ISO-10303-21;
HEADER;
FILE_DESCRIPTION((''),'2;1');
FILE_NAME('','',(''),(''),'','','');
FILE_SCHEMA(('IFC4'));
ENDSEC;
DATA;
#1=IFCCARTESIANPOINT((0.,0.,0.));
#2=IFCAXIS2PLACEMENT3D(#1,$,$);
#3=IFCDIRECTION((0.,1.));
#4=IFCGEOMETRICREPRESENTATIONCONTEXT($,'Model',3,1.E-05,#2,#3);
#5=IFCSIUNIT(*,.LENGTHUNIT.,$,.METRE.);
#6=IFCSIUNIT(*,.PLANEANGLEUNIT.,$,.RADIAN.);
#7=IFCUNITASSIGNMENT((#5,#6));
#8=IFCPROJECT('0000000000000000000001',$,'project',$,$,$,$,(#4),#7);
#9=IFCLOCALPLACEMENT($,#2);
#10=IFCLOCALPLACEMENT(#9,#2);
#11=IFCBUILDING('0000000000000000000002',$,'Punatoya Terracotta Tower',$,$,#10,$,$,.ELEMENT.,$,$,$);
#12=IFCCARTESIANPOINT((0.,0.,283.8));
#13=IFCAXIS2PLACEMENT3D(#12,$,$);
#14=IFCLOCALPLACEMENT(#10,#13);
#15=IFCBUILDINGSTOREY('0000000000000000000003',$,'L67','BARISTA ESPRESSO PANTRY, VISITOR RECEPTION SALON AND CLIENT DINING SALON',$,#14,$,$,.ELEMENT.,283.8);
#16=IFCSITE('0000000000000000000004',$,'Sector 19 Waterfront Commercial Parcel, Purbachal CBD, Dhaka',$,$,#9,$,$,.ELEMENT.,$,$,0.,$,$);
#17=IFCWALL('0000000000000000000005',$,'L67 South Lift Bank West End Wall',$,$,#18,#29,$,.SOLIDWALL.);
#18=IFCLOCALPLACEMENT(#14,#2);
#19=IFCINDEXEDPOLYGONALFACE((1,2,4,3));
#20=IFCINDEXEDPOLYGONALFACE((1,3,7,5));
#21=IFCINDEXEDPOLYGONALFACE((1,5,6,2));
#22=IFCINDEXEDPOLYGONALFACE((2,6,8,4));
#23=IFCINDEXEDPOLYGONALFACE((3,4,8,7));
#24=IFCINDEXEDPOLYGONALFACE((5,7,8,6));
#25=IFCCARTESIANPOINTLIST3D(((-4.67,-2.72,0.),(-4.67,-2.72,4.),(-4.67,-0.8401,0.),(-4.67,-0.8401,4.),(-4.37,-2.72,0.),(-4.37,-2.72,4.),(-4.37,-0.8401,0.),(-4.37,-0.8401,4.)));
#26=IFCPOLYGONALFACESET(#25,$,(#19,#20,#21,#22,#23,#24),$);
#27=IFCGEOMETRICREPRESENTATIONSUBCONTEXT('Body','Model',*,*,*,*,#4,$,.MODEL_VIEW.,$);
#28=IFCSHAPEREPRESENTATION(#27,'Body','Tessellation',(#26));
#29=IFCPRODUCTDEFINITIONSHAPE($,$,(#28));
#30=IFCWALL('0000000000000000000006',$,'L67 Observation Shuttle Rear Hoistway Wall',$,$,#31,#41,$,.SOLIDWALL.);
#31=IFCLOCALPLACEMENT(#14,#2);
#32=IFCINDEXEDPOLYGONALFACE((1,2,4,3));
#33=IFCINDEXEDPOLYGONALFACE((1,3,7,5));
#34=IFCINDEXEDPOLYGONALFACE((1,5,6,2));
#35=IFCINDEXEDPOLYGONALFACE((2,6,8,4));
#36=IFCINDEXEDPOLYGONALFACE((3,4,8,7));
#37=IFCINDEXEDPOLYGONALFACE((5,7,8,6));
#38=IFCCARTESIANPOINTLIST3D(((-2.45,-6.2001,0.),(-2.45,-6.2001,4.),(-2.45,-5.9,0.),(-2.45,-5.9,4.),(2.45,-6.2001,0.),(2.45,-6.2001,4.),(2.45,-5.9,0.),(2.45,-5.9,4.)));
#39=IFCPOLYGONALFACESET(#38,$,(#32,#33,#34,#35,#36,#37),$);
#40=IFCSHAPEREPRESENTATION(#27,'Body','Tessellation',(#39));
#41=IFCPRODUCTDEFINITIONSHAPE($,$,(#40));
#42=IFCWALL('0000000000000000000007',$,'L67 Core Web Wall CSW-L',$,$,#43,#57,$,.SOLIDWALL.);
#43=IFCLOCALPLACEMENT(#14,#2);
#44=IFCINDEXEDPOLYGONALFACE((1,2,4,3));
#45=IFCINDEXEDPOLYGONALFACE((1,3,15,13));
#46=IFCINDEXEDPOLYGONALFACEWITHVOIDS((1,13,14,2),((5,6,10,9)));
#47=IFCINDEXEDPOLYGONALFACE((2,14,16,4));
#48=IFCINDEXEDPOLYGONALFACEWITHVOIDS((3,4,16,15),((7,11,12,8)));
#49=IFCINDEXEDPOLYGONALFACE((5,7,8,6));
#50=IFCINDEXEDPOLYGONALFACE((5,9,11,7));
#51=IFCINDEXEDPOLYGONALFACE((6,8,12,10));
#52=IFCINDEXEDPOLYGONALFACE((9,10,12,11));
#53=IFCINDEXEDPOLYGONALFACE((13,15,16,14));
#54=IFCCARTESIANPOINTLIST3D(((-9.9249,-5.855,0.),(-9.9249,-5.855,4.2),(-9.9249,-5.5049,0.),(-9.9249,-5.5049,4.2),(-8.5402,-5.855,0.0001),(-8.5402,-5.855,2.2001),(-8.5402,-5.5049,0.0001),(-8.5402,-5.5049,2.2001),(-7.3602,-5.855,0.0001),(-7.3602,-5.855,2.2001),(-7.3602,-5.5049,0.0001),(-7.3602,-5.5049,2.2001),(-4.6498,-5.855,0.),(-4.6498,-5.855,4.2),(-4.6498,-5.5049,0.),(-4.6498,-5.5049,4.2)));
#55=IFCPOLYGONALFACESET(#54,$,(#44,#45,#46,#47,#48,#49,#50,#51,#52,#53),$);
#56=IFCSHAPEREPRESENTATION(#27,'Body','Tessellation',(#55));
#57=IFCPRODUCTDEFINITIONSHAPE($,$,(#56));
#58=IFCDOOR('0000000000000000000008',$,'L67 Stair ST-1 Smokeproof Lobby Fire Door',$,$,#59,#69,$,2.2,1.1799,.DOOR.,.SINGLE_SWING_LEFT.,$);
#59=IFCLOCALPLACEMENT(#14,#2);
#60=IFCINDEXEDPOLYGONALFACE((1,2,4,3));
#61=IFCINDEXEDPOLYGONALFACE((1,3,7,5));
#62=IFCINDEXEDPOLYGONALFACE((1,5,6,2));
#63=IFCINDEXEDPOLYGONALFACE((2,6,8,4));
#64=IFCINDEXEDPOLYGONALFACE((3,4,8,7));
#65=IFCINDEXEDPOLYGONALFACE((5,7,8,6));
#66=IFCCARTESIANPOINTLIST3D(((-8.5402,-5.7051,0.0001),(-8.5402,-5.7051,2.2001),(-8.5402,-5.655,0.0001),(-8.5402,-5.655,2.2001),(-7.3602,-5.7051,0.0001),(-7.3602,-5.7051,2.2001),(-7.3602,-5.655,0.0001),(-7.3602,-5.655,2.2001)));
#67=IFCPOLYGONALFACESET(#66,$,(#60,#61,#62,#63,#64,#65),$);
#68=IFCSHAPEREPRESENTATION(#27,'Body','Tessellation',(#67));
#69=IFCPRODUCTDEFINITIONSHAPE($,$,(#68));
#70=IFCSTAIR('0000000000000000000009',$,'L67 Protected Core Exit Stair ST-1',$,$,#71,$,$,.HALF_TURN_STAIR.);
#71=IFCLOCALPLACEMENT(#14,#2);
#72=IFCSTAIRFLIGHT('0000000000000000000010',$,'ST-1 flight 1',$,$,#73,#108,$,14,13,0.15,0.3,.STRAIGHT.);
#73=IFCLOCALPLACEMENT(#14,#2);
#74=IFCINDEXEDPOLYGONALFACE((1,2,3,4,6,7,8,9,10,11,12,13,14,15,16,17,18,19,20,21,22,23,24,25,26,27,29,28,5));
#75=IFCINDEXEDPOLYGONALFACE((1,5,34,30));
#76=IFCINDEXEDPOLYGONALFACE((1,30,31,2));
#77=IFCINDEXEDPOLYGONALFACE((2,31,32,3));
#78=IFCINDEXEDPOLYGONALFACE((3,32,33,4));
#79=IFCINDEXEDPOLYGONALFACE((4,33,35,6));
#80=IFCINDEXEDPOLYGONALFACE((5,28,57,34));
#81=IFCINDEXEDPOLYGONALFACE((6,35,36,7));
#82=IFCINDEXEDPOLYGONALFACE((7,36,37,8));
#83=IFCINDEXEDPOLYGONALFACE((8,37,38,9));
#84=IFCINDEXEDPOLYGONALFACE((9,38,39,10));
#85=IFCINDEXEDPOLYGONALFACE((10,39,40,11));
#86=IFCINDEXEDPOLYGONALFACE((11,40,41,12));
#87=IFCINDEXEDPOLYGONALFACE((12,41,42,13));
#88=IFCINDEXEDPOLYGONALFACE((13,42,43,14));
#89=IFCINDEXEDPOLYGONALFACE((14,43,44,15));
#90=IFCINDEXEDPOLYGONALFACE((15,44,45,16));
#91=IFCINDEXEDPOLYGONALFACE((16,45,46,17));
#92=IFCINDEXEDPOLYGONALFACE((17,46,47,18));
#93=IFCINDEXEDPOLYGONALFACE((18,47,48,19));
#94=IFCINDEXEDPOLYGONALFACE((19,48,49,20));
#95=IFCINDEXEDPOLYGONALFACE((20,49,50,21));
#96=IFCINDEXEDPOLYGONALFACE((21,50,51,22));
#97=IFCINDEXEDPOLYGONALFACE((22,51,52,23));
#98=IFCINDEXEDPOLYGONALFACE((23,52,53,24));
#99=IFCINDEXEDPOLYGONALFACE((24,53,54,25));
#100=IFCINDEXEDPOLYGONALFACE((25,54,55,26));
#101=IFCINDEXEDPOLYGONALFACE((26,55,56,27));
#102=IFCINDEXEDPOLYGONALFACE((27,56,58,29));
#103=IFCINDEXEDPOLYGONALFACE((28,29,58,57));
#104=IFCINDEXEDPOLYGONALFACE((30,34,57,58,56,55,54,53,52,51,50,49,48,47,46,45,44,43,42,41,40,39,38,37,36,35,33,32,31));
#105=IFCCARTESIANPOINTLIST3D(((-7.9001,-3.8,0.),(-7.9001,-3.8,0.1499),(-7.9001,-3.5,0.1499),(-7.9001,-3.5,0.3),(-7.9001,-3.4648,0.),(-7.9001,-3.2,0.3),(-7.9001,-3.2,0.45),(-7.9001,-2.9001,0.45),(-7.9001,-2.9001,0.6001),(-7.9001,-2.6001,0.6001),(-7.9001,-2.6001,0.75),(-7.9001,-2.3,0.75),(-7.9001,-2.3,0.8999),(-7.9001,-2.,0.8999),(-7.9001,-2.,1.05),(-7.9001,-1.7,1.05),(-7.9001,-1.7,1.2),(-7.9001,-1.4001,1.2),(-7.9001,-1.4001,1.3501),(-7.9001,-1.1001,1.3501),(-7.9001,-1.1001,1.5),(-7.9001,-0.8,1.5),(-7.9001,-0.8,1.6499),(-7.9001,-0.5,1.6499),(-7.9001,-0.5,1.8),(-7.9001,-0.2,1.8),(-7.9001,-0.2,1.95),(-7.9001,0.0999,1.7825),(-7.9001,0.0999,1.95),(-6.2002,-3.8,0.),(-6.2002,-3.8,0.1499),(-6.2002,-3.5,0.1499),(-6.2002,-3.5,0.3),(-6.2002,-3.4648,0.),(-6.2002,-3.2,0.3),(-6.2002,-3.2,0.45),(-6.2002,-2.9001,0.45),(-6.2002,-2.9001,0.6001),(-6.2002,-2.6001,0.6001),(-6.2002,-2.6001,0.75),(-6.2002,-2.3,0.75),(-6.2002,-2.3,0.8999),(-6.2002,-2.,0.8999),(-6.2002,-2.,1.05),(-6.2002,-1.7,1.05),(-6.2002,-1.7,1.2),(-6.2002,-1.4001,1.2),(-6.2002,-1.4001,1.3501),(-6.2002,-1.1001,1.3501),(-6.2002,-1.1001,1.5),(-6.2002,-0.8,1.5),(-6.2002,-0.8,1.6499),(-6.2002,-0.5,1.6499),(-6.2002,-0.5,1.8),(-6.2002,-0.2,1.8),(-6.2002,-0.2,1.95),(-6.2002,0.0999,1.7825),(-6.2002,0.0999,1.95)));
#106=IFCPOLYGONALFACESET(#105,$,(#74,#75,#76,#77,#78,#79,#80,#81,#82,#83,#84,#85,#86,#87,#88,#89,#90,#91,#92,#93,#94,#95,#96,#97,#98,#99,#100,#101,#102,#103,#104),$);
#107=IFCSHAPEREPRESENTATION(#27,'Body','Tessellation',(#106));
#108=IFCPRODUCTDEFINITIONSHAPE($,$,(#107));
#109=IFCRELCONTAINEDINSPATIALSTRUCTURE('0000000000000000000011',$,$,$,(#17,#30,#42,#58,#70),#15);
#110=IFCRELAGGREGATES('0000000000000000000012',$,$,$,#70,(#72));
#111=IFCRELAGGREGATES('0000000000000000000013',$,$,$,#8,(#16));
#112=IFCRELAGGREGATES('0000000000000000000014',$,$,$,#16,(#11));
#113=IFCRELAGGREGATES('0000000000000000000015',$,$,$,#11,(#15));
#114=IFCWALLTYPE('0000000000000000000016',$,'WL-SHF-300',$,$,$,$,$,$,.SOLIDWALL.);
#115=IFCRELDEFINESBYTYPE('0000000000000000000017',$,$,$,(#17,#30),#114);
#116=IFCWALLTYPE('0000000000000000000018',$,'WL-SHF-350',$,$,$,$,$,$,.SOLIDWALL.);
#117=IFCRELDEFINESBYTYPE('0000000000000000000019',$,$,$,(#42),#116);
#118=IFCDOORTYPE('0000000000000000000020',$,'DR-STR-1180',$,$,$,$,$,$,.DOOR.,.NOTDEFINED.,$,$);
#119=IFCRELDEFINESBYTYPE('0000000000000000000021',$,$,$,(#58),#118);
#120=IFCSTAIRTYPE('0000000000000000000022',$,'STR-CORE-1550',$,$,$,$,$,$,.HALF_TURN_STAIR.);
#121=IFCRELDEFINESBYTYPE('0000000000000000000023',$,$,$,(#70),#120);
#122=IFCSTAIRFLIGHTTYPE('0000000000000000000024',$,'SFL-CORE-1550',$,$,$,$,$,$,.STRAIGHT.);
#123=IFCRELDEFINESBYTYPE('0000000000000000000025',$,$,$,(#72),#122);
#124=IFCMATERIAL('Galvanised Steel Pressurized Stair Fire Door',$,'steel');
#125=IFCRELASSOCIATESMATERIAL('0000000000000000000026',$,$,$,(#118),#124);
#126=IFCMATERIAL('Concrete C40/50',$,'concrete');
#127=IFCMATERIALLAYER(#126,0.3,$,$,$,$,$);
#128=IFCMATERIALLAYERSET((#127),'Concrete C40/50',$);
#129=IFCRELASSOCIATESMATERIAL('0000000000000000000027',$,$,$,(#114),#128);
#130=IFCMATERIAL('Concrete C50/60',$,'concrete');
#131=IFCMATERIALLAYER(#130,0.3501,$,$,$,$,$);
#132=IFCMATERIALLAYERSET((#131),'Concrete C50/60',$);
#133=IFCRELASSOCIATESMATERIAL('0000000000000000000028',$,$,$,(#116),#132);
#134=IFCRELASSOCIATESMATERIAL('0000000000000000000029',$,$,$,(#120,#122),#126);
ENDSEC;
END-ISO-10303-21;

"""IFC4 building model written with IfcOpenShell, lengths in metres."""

from ifc_helpers import new_model, si_unit, direction, frame, frame_2d, origin, place, context, subcontext, project, spatial, polyline, rectangle, outline, extrude, material, layer, layer_set, type_object, element, fill, aggregate, save


model = new_model("IFC4")

# Units and contexts
model_context = context("Model", 3, precision=1e-05, world=origin(), true_north=direction((0.0, 1.0)))
body_context = subcontext(model_context, "Body", "Model", "MODEL_VIEW")
ifc_project = project(units=[si_unit("LENGTHUNIT", "METRE"), si_unit("PLANEANGLEUNIT", "RADIAN")], contexts=[model_context])

# Site, building, storey
site_placement = place(None, origin())
site = spatial("IfcSite", under=ifc_project, at=site_placement, Name="Sector 19 Waterfront Commercial Parcel, Purbachal CBD, Dhaka", CompositionType="ELEMENT", RefElevation=0.0)
building_placement = place(site_placement, origin())
building = spatial("IfcBuilding", under=site, at=building_placement, Name="Punatoya Terracotta Tower", CompositionType="ELEMENT")
storey_placement = place(building_placement, frame((0.0, 0.0, 283.8)))
storey = spatial("IfcBuildingStorey", under=building, at=storey_placement, Name="L67", Description="BARISTA ESPRESSO PANTRY, VISITOR RECEPTION SALON AND CLIENT DINING SALON", CompositionType="ELEMENT", Elevation=283.8)

# Shared definitions
ifc_material_1 = material(Name="Concrete C50/60", Category="concrete")

# Shared definitions
ifc_material_2 = material(Name="Concrete C40/50", Category="concrete")
ifc_material_3 = material(Name="Galvanised Steel Pressurized Stair Fire Door", Category="steel")
door_type_1 = type_object("IfcDoorType", Name="DR-STR-1180", OperationType="NOTDEFINED", PredefinedType="DOOR", material=ifc_material_3)

# Shared definitions
ifc_layer_1 = layer(ifc_material_2, 0.3)
ifc_layer_set_1 = layer_set([ifc_layer_1], Name="Concrete C40/50")
wall_type_1 = type_object("IfcWallType", Name="WL-SHF-300", PredefinedType="SOLIDWALL", material=ifc_layer_set_1)

# Walls
wall_1_placement = place(storey_placement, frame((-4.52, -2.72, 0.0), z_axis=(0.0, 0.0, 1.0), x_axis=(0.0, 1.0, 0.0)))
element("IfcWall", 1, at=wall_1_placement, inside=storey, type_object=wall_type_1, Name="L67 South Lift Bank West End Wall", PredefinedType="SOLIDWALL", context=body_context, shape_type="SweptSolid", body=[
    extrude(rectangle(XDim=1.8799, YDim=0.3, at=frame_2d((0.9399, 0.0))), origin(), (0.0, 0.0, 1.0), 4.0),
])
wall_2_placement = place(storey_placement, frame((-2.45, -6.05, 0.0), z_axis=(0.0, 0.0, 1.0), x_axis=(1.0, 0.0, 0.0)))
element("IfcWall", 2, at=wall_2_placement, inside=storey, type_object=wall_type_1, Name="L67 Observation Shuttle Rear Hoistway Wall", PredefinedType="SOLIDWALL", context=body_context, shape_type="SweptSolid", body=[
    extrude(rectangle(XDim=4.8999, YDim=0.3, at=frame_2d((2.45, 0.0))), origin(), (0.0, 0.0, 1.0), 4.0),
])

# Wall, opening, door
ifc_layer_2 = layer(ifc_material_1, 0.3501)
ifc_layer_set_2 = layer_set([ifc_layer_2], Name="Concrete C50/60")
wall_type_2 = type_object("IfcWallType", Name="WL-SHF-350", PredefinedType="SOLIDWALL", material=ifc_layer_set_2)
wall_3_placement = place(storey_placement, frame((-9.925, -5.6799, 0.0), z_axis=(0.0, 0.0, 1.0), x_axis=(1.0, 0.0, 0.0)))
wall_3 = element("IfcWall", 3, at=wall_3_placement, inside=storey, type_object=wall_type_2, Name="L67 Core Web Wall CSW-L", PredefinedType="SOLIDWALL", context=body_context, shape_type="SweptSolid", body=[
    extrude(rectangle(XDim=5.2751, YDim=0.3501, at=frame_2d((2.6377, 0.0))), origin(), (0.0, 0.0, 1.0), 4.2),
])
opening_1_placement = place(wall_3_placement, frame((1.385, 0.0, 0.0)))
opening_1 = element("IfcOpeningElement", 4, at=opening_1_placement, cuts=wall_3, PredefinedType="OPENING", context=body_context, shape_type="SweptSolid", body=[
    extrude(rectangle(XDim=1.1799, YDim=2.2, at=frame_2d((0.5898, 1.1001))), frame((0.0, 0.1851, 0.0), z_axis=(0.0, -1.0, 0.0), x_axis=(1.0, 0.0, 0.0)), (0.0, 0.0, 1.0), 0.3701),
])
door_1_placement = place(opening_1_placement, origin())
door_1 = element("IfcDoor", 5, at=door_1_placement, inside=storey, type_object=door_type_1, Name="L67 Stair ST-1 Smokeproof Lobby Fire Door", OperationType="SINGLE_SWING_LEFT", OverallHeight=2.2, OverallWidth=1.1799, PredefinedType="DOOR", context=body_context, shape_type="SweptSolid", body=[
    extrude(rectangle(XDim=1.1799, YDim=2.2, at=frame_2d((0.5898, 1.1001))), frame((0.0, 0.0249, 0.0), z_axis=(0.0, -1.0, 0.0), x_axis=(1.0, 0.0, 0.0)), (0.0, 0.0, 1.0), 0.05),
])
fill(opening_1, door_1)

# Stair, stair flight
stair_type = type_object("IfcStairType", Name="STR-CORE-1550", PredefinedType="HALF_TURN_STAIR", material=ifc_material_2)
stair_placement = place(storey_placement, origin())
stair = element("IfcStair", 6, at=stair_placement, inside=storey, type_object=stair_type, Name="L67 Protected Core Exit Stair ST-1", PredefinedType="HALF_TURN_STAIR")
stair_flight_type = type_object("IfcStairFlightType", Name="SFL-CORE-1550", PredefinedType="STRAIGHT", material=ifc_material_2)
stair_flight_placement = place(storey_placement, frame((-7.05, -3.8, 0.0), z_axis=(0.0, 0.0, 1.0), x_axis=(0.0, 1.0, 0.0)))
stair_flight = element("IfcStairFlight", 7, at=stair_flight_placement, type_object=stair_flight_type, Name="ST-1 flight 1", NumberOfRisers=14, NumberOfTreads=13, PredefinedType="STRAIGHT", RiserHeight=0.15, TreadLength=0.3, context=body_context, shape_type="SweptSolid", body=[
    extrude(outline(polyline([(0.0, 0.0), (0.0, 0.1499), (0.3, 0.1499), (0.3, 0.3), (0.6001, 0.3), (0.6001, 0.45), (0.8999, 0.45), (0.8999, 0.6001), (1.2, 0.6001), (1.2, 0.75), (1.5, 0.75), (1.5, 0.8999), (1.8, 0.8999), (1.8, 1.05), (2.1001, 1.05), (2.1001, 1.2), (2.3999, 1.2), (2.3999, 1.3501), (2.7, 1.3501), (2.7, 1.5), (3.0, 1.5), (3.0, 1.6499), (3.3, 1.6499), (3.3, 1.8), (3.6001, 1.8), (3.6001, 1.95), (3.8999, 1.95), (3.8999, 2.1001), (3.8999, 1.7825), (0.3352, 0.0), (0.0, 0.0)])), frame((0.0, 0.8501, 0.0), z_axis=(0.0, -1.0, 0.0), x_axis=(1.0, 0.0, 0.0)), (0.0, 0.0, 1.0), 1.7),
])
aggregate(stair, [stair_flight])

save(model, "model.ifc")
